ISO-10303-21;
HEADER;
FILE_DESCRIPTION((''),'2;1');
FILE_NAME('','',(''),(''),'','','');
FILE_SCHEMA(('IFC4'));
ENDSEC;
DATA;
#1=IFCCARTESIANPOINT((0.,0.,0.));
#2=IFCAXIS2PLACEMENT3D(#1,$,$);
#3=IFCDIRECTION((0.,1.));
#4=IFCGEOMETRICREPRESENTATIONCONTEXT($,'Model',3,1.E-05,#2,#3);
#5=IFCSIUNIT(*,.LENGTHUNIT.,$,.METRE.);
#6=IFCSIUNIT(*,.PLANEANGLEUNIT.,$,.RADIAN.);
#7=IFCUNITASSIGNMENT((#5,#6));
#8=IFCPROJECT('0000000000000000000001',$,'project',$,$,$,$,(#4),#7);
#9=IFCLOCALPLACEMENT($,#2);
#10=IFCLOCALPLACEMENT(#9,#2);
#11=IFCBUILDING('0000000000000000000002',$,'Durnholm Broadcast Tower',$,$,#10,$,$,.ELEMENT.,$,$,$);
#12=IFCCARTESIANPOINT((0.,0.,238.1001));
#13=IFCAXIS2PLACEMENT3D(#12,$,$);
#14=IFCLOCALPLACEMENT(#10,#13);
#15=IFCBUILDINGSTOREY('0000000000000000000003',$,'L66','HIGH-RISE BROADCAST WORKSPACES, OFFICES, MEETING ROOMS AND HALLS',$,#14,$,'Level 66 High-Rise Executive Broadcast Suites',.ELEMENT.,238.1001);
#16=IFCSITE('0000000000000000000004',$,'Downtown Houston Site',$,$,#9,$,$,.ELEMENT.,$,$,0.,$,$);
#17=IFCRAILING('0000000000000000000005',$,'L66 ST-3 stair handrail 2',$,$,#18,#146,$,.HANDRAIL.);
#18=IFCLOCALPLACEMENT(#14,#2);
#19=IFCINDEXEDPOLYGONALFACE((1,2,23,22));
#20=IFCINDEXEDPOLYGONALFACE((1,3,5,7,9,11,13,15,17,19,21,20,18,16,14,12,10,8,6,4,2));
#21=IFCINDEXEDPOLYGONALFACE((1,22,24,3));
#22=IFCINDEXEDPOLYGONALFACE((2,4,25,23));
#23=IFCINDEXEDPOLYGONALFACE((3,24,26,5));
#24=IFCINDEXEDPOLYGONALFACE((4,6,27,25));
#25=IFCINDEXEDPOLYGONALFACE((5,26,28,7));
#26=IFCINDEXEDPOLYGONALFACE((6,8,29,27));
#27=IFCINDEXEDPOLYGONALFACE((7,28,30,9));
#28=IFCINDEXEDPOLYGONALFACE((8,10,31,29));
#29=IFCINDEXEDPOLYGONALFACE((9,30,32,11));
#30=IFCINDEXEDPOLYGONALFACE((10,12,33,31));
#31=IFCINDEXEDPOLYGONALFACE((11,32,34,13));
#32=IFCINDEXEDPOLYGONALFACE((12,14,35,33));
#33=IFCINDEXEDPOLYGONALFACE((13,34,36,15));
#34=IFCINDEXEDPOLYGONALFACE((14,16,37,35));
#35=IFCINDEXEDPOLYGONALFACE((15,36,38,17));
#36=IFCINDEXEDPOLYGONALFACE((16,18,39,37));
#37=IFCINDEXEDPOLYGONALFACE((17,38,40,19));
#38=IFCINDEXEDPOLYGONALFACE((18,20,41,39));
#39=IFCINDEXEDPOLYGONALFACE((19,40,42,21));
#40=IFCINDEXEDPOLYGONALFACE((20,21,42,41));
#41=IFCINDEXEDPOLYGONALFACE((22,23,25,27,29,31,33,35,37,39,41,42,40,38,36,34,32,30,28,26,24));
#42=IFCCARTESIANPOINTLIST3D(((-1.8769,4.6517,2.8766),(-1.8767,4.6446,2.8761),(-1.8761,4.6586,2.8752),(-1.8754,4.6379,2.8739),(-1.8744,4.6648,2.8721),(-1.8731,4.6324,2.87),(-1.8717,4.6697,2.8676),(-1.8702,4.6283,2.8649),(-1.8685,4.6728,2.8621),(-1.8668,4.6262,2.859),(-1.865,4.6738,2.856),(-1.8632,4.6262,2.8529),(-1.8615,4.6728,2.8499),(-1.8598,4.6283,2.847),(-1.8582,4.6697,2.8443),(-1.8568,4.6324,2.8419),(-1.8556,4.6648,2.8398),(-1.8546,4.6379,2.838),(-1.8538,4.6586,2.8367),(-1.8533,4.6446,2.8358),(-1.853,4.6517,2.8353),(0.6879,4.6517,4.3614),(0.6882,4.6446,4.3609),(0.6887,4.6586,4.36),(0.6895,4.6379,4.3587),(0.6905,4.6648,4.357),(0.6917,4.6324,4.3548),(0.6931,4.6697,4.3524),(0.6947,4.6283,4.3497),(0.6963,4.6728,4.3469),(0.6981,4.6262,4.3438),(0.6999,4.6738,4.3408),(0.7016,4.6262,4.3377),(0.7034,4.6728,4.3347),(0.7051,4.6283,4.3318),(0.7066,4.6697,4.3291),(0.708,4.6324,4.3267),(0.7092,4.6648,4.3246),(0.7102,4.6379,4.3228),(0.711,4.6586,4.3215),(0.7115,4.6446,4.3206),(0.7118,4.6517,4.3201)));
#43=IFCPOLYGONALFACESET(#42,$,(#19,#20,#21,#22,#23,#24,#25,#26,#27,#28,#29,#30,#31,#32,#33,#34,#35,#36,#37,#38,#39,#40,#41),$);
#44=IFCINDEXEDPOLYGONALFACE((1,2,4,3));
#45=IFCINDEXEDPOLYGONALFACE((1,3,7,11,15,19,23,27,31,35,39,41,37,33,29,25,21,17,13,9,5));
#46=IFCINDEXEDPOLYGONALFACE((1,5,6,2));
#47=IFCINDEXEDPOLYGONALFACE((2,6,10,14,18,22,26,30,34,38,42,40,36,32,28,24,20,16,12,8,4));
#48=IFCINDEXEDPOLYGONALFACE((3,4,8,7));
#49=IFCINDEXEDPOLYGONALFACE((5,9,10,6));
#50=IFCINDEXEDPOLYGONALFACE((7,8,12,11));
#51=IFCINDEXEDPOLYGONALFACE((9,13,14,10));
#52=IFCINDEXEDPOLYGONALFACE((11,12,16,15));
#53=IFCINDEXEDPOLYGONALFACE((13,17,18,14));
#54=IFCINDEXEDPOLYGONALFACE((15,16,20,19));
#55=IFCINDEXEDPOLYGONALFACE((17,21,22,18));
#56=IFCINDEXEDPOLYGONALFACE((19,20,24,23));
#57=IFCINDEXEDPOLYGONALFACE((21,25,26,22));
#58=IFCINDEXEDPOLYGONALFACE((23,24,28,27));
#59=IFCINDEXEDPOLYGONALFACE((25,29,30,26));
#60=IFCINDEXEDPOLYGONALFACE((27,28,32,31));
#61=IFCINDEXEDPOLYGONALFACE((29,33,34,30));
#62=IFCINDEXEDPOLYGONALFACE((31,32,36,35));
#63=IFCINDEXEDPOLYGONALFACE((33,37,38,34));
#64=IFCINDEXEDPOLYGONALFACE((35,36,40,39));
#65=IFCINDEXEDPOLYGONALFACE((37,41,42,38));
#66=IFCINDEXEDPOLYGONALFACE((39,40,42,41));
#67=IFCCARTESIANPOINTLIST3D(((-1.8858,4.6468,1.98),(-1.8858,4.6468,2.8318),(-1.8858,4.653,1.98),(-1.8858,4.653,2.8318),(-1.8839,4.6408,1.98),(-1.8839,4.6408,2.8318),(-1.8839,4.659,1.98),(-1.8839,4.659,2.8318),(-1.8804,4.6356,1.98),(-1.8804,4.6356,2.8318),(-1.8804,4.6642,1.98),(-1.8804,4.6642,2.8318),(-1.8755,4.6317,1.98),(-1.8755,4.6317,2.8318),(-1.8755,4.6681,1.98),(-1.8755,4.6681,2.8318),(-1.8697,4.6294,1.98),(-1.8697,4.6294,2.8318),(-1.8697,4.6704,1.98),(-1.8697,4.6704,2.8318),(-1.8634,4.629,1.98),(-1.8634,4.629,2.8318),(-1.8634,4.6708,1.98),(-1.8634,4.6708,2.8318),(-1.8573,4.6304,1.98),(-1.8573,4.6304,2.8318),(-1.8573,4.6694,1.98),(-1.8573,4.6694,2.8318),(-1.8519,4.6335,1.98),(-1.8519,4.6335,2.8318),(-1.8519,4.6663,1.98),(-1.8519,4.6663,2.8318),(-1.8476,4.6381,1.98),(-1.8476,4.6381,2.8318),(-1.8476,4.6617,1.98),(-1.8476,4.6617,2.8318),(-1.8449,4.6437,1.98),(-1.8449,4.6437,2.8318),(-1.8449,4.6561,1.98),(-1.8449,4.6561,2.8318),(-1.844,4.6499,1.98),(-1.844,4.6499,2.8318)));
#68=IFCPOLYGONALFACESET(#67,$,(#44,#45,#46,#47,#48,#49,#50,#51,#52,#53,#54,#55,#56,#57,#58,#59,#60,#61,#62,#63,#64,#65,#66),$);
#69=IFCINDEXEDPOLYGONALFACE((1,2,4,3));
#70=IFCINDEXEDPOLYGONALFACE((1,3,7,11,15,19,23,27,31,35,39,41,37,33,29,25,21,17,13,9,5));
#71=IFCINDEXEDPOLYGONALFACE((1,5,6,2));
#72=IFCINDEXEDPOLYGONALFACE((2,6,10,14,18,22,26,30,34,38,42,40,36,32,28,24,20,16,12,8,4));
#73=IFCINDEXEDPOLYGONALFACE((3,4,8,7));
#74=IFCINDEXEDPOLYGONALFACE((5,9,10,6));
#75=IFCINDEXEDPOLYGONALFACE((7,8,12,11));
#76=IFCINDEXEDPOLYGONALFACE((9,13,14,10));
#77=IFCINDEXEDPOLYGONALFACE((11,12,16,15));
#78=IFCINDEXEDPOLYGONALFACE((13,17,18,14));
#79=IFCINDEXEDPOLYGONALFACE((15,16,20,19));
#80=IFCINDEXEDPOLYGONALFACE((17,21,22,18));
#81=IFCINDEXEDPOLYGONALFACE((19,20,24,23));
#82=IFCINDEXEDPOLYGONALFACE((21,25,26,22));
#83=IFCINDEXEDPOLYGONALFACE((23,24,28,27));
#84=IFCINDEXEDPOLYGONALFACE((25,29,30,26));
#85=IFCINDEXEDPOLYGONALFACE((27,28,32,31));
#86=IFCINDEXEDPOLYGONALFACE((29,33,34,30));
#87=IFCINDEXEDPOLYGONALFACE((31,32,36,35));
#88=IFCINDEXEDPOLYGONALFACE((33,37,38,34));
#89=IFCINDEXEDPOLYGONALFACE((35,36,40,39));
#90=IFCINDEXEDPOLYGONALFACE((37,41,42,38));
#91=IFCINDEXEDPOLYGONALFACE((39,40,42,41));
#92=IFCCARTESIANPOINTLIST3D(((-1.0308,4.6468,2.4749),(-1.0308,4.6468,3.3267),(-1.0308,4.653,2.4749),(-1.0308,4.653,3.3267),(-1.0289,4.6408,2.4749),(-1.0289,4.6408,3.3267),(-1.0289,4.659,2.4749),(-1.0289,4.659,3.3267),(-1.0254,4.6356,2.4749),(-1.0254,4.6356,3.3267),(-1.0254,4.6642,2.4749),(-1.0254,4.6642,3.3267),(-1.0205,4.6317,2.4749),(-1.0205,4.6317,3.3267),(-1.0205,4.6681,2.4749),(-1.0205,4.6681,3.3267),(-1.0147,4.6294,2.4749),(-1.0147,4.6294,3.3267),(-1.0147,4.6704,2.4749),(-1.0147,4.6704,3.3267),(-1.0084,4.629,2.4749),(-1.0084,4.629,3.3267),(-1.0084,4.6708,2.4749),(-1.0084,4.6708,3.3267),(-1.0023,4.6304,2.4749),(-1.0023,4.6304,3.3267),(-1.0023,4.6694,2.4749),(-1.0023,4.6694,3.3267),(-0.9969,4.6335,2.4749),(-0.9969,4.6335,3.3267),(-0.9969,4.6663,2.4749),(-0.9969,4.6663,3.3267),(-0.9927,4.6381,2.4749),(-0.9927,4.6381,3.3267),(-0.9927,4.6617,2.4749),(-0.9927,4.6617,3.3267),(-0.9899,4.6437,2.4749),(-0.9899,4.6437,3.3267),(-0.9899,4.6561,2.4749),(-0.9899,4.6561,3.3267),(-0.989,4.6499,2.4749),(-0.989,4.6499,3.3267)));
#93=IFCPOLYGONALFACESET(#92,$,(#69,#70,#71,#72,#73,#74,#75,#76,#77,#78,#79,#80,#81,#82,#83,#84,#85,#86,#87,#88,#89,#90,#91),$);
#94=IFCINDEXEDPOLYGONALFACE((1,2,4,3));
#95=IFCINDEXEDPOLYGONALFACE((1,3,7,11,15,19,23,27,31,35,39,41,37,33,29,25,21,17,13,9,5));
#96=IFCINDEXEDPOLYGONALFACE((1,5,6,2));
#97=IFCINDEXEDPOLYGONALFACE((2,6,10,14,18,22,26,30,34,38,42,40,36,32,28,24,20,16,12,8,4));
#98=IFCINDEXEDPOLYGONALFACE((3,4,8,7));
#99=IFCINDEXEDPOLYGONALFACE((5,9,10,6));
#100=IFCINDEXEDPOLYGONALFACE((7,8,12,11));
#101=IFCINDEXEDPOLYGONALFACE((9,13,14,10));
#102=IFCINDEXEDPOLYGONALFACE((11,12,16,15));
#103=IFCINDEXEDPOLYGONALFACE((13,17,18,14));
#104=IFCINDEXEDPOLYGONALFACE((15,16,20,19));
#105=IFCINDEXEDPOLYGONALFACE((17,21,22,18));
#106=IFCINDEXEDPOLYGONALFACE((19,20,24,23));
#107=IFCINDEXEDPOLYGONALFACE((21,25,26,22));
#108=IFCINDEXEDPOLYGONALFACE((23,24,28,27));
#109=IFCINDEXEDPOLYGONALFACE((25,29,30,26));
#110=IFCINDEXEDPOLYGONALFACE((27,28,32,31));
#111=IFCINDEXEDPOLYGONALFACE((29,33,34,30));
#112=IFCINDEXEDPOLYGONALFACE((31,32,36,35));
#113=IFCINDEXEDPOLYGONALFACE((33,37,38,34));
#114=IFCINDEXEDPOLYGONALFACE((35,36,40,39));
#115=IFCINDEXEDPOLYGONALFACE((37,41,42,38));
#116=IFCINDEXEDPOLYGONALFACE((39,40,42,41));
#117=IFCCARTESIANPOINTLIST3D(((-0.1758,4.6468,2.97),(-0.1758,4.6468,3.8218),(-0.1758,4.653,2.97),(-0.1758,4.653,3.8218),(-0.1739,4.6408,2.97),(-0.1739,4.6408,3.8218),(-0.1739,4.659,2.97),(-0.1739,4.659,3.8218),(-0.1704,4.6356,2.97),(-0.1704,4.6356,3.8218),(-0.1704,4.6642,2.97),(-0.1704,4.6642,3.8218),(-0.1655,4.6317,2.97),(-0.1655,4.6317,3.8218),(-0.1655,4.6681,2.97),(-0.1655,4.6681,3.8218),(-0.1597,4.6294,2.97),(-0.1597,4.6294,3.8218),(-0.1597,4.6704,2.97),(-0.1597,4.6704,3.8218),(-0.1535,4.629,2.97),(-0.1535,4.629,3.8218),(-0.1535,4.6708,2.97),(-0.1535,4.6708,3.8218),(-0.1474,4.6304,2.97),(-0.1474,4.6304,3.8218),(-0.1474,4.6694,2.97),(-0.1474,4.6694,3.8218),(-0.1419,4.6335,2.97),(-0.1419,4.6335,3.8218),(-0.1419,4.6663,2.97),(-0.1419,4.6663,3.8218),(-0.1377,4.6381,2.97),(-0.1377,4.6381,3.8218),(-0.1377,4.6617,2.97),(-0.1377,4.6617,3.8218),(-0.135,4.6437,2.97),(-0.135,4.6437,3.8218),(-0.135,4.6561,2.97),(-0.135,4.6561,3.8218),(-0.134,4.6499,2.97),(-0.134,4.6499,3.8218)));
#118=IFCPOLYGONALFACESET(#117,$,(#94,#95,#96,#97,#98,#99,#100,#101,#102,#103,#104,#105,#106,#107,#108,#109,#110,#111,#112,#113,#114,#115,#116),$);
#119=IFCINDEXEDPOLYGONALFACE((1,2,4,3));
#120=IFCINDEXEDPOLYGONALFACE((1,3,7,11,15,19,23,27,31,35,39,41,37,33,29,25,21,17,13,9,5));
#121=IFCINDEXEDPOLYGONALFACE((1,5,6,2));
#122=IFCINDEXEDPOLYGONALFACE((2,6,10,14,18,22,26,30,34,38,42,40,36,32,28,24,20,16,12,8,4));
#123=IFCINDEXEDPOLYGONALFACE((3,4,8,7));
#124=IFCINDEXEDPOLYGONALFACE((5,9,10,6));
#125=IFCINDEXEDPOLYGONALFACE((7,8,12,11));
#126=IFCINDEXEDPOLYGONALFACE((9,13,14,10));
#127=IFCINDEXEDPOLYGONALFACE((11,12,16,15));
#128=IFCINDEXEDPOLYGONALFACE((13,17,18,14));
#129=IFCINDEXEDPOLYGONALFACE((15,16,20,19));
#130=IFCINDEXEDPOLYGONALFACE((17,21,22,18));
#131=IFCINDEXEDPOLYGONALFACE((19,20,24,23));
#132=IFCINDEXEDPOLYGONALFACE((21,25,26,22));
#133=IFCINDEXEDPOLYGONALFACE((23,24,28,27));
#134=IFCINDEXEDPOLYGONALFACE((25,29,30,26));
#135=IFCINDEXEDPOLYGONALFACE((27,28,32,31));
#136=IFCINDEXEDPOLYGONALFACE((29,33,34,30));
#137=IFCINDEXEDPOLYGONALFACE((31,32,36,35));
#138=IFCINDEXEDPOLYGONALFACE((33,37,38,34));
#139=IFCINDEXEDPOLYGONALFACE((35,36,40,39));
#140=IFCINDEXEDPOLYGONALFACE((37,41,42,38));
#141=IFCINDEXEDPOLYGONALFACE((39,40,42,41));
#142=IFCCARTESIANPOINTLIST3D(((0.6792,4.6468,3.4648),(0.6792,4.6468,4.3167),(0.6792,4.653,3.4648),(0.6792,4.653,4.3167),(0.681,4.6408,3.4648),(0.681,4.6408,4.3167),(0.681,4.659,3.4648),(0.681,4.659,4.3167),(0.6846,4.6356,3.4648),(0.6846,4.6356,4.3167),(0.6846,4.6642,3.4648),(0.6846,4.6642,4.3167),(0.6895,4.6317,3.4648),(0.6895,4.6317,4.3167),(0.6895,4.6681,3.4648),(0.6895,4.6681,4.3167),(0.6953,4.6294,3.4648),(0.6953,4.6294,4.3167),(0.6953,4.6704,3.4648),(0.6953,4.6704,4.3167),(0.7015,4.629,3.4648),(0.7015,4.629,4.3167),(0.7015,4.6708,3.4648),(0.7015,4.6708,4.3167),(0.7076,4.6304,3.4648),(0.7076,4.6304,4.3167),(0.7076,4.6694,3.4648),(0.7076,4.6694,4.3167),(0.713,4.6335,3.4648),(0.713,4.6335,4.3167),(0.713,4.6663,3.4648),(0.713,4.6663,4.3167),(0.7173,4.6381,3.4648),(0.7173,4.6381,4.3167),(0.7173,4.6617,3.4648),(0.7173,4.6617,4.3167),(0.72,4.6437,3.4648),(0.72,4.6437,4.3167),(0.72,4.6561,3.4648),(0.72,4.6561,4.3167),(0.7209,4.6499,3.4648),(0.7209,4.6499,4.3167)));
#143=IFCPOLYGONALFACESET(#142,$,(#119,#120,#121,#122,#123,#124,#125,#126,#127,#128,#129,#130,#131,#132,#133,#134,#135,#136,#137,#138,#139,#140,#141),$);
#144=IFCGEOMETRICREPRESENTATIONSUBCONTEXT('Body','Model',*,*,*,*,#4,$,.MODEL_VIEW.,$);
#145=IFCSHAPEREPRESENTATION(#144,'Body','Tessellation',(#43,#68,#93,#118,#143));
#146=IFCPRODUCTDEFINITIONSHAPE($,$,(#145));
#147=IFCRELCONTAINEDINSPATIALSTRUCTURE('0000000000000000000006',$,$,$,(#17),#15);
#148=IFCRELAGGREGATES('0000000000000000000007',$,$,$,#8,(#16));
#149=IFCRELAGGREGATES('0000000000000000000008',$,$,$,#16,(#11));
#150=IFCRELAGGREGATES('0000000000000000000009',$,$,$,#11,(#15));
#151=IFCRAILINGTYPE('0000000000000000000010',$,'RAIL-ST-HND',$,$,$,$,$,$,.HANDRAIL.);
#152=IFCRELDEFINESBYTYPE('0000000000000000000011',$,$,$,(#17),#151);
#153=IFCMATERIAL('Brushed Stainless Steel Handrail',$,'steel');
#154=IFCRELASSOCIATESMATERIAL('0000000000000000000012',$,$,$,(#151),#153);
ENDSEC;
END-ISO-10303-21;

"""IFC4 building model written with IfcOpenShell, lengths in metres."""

from ifc_helpers import new_model, si_unit, direction, frame, origin, origin_2d, place, context, subcontext, project, spatial, circle, extrude, material, type_object, element, save


model = new_model("IFC4")

# Units and contexts
model_context = context("Model", 3, precision=1e-05, world=origin(), true_north=direction((0.0, 1.0)))
body_context = subcontext(model_context, "Body", "Model", "MODEL_VIEW")
ifc_project = project(units=[si_unit("LENGTHUNIT", "METRE"), si_unit("PLANEANGLEUNIT", "RADIAN")], contexts=[model_context])

# Site, building, storey
site_placement = place(None, origin())
site = spatial("IfcSite", under=ifc_project, at=site_placement, Name="Downtown Houston Site", CompositionType="ELEMENT", RefElevation=0.0)
building_placement = place(site_placement, origin())
building = spatial("IfcBuilding", under=site, at=building_placement, Name="Durnholm Broadcast Tower", CompositionType="ELEMENT")
storey_placement = place(building_placement, frame((0.0, 0.0, 238.1001)))
storey = spatial("IfcBuildingStorey", under=building, at=storey_placement, Name="L66", Description="HIGH-RISE BROADCAST WORKSPACES, OFFICES, MEETING ROOMS AND HALLS", LongName="Level 66 High-Rise Executive Broadcast Suites", CompositionType="ELEMENT", Elevation=238.1001)

# Railing
ifc_material_1 = material(Name="Brushed Stainless Steel Handrail", Category="steel")
railing_type_1 = type_object("IfcRailingType", Name="RAIL-ST-HND", PredefinedType="HANDRAIL", material=ifc_material_1)
railing_1_placement = place(storey_placement, frame((-1.865, 4.6499, 1.98)))
element("IfcRailing", 1, at=railing_1_placement, inside=storey, type_object=railing_type_1, Name="L66 ST-3 stair handrail 2", PredefinedType="HANDRAIL", context=body_context, shape_type="SweptSolid", body=[
    extrude(circle(Radius=0.0239, at=origin_2d()), frame((0.0, 0.0, 0.876), z_axis=(0.865441, 0.0, 0.50101), x_axis=(0.0, 1.0, 0.0)), (0.0, 0.0, 1.0), 2.9636),
    extrude(circle(Radius=0.021, at=origin_2d()), origin(), (0.0, 0.0, 1.0), 0.8518),
    extrude(circle(Radius=0.021, at=origin_2d()), frame((0.855, 0.0, 0.4949)), (0.0, 0.0, 1.0), 0.8518),
    extrude(circle(Radius=0.021, at=origin_2d()), frame((1.71, 0.0, 0.99)), (0.0, 0.0, 1.0), 0.8518),
    extrude(circle(Radius=0.021, at=origin_2d()), frame((2.5649, 0.0, 1.4849)), (0.0, 0.0, 1.0), 0.8518),
])

save(model, "model.ifc")
